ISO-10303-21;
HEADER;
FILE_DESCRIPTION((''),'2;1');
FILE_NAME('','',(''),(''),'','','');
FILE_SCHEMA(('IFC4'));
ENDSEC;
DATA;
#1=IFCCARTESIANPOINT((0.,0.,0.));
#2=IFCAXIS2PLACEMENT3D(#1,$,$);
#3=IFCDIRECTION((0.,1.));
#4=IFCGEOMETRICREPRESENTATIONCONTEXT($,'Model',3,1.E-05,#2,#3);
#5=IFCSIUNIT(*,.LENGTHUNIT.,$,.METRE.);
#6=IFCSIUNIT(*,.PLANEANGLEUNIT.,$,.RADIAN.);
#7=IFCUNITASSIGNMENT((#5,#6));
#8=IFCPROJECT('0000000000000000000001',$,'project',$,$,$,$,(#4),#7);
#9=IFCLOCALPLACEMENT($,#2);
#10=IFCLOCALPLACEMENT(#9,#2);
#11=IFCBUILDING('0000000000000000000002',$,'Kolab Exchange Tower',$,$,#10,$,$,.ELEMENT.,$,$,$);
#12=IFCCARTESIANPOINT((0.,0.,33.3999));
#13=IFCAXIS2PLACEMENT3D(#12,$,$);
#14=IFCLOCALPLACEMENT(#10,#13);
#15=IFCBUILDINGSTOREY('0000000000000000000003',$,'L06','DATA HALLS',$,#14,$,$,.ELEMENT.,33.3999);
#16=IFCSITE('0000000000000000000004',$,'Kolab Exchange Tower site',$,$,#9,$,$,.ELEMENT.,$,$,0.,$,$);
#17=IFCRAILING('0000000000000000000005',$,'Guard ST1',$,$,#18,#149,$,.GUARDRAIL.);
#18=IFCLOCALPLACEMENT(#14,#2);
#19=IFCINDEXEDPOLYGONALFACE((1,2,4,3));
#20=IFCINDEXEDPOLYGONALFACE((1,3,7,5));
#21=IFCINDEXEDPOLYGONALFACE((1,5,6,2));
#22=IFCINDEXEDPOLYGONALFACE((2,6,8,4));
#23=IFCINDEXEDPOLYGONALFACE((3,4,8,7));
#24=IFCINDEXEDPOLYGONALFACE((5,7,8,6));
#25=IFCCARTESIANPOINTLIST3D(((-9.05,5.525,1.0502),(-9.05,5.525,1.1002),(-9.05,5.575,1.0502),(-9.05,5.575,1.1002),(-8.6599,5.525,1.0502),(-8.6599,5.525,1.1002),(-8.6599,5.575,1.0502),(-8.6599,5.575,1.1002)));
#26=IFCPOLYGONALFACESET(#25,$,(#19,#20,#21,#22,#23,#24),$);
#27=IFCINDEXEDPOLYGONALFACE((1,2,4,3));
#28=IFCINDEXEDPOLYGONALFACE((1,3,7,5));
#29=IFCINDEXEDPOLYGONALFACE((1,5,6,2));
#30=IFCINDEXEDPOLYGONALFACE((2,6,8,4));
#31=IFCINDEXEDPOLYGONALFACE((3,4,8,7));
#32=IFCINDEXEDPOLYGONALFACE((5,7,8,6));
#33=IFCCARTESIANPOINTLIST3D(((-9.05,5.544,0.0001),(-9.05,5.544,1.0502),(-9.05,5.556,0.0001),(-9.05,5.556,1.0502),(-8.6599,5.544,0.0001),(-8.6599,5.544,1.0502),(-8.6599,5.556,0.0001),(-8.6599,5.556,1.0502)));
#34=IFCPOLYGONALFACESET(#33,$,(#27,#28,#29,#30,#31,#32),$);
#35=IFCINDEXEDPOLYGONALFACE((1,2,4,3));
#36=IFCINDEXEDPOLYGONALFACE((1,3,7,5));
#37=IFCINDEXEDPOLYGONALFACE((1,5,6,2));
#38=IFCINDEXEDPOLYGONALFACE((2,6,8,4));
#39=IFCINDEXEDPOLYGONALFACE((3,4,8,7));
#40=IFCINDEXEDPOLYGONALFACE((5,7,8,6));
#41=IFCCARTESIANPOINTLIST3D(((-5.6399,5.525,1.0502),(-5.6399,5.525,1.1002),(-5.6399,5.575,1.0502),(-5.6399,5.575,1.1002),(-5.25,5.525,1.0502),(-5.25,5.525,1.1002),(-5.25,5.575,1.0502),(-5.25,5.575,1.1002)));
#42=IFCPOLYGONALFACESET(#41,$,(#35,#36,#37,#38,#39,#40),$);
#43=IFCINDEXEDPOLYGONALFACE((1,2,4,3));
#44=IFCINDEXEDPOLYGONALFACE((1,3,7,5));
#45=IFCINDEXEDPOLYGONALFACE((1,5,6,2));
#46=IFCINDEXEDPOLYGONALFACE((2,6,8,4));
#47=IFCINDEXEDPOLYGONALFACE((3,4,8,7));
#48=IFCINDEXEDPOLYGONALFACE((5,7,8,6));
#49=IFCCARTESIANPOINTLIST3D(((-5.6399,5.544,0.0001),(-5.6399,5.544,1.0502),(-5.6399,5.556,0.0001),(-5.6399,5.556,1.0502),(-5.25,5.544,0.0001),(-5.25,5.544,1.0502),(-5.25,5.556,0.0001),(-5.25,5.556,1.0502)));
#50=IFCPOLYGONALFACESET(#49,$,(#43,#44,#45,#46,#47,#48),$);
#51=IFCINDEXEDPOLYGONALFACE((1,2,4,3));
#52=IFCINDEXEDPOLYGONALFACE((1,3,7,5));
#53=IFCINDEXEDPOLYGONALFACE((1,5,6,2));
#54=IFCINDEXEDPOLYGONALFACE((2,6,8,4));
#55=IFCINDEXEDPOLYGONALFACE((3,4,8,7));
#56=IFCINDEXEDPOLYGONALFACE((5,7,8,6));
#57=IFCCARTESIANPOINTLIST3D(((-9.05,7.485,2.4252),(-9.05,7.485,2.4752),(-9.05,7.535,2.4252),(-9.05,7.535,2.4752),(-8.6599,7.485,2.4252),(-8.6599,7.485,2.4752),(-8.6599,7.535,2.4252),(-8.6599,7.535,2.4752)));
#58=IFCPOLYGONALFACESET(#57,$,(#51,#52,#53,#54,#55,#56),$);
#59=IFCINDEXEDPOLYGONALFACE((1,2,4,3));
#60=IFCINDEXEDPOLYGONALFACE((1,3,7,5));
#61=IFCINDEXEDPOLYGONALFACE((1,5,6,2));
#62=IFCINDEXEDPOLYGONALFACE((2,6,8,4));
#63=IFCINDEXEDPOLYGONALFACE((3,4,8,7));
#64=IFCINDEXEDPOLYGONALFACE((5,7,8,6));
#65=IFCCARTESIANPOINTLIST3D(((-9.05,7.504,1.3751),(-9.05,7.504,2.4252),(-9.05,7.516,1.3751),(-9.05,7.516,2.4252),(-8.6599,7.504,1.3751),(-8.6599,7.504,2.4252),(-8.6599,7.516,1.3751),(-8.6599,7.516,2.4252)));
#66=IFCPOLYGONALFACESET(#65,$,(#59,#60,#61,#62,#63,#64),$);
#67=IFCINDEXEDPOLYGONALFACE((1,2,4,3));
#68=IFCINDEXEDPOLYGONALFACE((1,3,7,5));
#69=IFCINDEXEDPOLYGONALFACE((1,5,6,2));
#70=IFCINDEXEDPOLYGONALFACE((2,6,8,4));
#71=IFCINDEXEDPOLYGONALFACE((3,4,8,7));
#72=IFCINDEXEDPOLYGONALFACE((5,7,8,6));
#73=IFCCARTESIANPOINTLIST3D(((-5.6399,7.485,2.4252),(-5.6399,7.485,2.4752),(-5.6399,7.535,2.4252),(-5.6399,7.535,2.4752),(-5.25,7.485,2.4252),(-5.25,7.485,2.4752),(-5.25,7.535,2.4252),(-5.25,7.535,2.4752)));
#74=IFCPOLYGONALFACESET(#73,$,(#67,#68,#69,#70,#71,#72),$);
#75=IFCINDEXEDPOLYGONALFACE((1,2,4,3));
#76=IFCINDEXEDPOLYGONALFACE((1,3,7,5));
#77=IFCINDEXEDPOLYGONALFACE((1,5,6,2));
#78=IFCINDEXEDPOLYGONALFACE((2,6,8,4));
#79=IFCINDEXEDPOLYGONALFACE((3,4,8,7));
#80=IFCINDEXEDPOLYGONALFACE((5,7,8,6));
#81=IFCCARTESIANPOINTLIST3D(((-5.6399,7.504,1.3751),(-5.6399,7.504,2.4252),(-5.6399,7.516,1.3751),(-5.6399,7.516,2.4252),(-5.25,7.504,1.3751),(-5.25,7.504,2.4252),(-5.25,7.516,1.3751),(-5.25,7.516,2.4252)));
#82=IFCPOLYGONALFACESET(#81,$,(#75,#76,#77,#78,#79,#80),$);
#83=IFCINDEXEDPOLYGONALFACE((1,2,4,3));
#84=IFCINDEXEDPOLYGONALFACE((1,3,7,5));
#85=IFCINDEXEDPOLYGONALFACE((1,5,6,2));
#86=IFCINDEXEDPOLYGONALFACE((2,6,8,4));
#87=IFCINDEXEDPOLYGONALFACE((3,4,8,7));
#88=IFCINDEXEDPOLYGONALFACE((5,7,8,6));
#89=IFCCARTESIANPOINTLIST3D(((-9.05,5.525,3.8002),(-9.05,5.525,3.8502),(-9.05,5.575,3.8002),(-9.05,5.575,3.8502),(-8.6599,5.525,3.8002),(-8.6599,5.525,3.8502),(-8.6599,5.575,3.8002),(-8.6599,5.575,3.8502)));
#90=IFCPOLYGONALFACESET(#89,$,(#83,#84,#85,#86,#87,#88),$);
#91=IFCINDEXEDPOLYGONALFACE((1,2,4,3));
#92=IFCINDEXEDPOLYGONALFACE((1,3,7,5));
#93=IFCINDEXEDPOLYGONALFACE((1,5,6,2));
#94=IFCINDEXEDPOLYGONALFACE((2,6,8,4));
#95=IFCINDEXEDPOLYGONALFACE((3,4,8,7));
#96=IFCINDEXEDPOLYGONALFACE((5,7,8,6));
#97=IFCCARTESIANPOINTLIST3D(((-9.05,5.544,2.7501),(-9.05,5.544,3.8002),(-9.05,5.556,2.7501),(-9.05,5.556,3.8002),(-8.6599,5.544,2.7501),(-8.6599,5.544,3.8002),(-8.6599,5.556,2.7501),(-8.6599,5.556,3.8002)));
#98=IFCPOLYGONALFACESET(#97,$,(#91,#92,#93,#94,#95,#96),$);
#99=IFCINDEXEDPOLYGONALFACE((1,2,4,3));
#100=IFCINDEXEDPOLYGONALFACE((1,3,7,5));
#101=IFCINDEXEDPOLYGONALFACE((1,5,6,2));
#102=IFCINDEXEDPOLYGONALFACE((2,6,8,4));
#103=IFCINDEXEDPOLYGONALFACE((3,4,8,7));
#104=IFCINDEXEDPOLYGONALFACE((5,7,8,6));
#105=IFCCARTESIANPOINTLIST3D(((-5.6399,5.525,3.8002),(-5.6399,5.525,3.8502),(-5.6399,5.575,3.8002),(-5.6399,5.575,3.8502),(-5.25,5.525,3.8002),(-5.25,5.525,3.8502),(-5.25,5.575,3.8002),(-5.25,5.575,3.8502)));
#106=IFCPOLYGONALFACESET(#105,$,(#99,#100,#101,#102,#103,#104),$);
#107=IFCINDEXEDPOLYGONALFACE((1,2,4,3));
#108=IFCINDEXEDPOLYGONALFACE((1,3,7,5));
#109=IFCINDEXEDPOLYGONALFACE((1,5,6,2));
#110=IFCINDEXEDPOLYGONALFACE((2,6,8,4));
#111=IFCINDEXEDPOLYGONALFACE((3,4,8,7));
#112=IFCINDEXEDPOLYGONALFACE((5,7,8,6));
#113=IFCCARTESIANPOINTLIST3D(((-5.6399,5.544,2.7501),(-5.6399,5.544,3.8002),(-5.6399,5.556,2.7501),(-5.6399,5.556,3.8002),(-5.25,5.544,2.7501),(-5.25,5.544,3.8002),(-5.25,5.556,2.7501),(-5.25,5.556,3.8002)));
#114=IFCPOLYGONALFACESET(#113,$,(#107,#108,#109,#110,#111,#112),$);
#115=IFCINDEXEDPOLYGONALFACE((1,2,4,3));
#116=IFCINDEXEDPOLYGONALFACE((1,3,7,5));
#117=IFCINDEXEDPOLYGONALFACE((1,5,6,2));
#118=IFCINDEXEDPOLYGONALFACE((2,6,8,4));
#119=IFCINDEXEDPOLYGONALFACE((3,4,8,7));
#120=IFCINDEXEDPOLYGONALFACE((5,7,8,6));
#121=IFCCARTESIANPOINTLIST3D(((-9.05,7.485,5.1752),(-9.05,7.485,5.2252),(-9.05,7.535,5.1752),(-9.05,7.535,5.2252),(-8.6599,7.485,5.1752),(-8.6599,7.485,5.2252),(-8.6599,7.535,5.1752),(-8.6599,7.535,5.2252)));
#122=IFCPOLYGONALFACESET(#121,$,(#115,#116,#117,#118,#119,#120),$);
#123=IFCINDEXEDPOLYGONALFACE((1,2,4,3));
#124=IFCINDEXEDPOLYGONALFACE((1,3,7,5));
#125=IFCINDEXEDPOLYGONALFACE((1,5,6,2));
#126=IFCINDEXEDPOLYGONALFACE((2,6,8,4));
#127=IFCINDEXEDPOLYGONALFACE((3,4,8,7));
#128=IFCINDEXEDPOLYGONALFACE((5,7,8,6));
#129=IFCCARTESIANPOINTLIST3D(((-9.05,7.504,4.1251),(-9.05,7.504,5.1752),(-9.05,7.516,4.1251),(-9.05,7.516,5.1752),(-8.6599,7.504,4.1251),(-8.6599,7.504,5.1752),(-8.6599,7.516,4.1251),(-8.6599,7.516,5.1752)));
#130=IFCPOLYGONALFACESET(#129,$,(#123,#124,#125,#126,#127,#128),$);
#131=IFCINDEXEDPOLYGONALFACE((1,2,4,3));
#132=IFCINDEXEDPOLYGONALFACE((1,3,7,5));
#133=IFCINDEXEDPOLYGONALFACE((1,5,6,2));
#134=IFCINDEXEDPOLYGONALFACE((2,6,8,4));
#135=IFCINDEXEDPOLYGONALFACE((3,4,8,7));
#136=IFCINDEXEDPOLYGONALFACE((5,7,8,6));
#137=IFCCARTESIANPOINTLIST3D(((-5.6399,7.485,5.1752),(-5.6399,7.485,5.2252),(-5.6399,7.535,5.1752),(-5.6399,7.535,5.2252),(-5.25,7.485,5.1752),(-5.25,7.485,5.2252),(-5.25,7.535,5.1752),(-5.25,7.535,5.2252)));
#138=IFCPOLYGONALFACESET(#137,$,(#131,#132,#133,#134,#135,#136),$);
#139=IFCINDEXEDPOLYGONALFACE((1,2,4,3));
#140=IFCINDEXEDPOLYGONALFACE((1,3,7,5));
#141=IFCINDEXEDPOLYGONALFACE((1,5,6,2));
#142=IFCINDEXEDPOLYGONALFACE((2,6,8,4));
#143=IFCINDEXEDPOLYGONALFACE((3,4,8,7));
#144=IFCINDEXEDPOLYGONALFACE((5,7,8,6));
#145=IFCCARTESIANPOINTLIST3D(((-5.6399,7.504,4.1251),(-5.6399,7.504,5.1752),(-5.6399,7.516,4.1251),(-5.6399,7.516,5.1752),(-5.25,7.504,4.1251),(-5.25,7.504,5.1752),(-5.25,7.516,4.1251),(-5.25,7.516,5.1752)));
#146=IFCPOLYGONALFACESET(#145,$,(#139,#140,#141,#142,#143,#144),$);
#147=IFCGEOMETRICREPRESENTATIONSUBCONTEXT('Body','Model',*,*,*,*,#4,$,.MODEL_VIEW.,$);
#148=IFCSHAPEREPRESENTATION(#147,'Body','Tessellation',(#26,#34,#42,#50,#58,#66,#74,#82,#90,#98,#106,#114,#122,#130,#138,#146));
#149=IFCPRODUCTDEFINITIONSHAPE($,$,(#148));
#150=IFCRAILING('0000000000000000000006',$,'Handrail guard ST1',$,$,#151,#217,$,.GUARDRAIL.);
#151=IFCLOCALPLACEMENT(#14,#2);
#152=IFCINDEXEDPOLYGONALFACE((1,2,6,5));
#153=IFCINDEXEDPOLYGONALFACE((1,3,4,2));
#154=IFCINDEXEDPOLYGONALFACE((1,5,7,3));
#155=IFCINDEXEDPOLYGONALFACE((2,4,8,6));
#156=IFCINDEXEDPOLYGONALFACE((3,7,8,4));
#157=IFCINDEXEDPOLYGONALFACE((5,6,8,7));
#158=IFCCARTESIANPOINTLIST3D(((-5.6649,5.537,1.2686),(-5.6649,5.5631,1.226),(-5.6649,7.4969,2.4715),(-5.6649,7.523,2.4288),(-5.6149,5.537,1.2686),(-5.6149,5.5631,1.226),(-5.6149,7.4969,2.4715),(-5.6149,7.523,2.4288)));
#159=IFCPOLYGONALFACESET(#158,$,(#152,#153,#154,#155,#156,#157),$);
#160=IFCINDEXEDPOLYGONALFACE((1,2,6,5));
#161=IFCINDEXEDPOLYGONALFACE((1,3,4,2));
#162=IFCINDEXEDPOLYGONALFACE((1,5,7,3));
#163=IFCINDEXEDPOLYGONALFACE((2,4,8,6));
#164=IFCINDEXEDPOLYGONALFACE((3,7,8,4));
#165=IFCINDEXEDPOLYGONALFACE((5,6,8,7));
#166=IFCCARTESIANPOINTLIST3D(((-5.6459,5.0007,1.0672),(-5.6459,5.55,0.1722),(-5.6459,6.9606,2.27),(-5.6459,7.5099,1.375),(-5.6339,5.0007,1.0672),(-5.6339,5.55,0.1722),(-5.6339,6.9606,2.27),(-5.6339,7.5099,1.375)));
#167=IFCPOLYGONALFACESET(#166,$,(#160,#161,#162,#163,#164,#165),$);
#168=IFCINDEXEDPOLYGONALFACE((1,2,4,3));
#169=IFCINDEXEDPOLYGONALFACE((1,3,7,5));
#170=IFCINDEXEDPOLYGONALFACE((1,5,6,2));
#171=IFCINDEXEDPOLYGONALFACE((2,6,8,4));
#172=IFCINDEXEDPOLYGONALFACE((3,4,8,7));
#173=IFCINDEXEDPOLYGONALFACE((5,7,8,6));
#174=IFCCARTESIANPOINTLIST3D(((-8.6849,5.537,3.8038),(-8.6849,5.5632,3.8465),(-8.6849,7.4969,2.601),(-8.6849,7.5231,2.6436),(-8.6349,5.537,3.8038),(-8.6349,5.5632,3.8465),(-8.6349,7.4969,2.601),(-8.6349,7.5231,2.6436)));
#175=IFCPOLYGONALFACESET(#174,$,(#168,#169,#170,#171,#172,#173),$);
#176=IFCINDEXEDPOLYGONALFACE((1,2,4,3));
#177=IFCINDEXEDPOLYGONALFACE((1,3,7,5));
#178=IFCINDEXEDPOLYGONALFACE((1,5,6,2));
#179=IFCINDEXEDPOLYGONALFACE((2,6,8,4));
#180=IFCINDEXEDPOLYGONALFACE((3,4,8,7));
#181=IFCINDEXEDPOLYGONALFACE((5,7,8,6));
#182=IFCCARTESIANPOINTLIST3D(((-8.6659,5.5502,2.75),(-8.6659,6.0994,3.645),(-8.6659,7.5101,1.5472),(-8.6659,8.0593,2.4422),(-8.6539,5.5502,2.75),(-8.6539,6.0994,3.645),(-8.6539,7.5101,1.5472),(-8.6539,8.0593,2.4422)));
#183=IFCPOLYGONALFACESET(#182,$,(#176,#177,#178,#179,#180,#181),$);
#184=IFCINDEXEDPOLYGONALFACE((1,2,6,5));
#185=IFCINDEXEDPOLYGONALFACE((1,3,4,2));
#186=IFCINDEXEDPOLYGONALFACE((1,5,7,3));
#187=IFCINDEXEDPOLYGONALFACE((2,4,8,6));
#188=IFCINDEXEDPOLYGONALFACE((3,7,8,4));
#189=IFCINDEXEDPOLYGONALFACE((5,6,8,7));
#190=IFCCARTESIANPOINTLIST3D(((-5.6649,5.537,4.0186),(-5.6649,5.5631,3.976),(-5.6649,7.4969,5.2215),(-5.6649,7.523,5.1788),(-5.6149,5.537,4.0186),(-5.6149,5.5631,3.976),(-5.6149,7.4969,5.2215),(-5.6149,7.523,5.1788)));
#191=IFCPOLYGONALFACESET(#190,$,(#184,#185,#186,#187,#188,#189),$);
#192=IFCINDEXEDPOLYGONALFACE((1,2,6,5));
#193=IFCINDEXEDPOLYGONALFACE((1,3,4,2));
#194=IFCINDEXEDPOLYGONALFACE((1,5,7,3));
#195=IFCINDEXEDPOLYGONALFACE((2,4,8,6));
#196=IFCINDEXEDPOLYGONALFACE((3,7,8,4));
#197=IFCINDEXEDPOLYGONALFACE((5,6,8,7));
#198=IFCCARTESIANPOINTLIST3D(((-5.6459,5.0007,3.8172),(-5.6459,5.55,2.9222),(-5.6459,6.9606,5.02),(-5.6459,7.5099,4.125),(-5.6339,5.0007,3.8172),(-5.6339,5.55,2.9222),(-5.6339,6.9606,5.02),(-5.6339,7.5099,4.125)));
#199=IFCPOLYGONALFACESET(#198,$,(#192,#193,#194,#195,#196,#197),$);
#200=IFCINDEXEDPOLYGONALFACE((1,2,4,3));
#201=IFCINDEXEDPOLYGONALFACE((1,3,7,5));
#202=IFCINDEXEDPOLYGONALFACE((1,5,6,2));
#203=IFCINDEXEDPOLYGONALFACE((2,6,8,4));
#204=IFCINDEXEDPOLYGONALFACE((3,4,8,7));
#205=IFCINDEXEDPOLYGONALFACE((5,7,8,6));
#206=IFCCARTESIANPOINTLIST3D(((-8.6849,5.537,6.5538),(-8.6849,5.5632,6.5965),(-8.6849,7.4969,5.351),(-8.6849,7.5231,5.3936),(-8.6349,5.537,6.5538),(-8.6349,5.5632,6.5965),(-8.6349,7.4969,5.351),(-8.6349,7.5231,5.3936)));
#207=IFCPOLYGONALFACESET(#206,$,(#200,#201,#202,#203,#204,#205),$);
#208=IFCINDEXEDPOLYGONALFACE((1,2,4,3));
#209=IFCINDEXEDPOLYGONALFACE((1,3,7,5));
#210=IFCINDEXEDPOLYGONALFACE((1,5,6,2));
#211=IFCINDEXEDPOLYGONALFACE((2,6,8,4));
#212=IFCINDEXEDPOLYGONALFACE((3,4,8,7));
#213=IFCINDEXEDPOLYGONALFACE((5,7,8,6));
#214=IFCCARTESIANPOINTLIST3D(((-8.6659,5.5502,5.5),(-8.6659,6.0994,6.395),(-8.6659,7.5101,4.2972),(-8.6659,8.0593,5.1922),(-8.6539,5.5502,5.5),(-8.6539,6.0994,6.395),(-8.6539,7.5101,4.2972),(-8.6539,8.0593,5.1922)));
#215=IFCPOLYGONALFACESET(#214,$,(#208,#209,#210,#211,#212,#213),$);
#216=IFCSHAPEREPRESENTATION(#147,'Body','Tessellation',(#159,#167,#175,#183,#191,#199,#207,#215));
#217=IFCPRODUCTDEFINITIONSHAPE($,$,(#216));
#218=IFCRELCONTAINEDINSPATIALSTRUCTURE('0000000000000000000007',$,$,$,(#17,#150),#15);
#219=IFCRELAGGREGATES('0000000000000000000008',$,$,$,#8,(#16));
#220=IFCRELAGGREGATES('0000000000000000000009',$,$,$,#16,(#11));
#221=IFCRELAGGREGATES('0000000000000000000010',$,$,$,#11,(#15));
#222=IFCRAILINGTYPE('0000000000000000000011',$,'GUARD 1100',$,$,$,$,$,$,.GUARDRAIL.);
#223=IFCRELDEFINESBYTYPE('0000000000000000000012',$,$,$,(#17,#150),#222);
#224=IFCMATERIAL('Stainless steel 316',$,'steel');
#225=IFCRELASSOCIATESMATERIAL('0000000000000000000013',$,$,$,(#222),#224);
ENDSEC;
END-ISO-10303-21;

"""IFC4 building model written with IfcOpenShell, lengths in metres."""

from ifc_helpers import new_model, si_unit, direction, frame, frame_2d, origin, origin_2d, place, context, subcontext, project, spatial, rectangle, extrude, material, type_object, element, save


model = new_model("IFC4")

# Units and contexts
model_context = context("Model", 3, precision=1e-05, world=origin(), true_north=direction((0.0, 1.0)))
body_context = subcontext(model_context, "Body", "Model", "MODEL_VIEW")
ifc_project = project(units=[si_unit("LENGTHUNIT", "METRE"), si_unit("PLANEANGLEUNIT", "RADIAN")], contexts=[model_context])

# Site, building, storey
site_placement = place(None, origin())
site = spatial("IfcSite", under=ifc_project, at=site_placement, Name="Kolab Exchange Tower site", CompositionType="ELEMENT", RefElevation=0.0)
building_placement = place(site_placement, origin())
building = spatial("IfcBuilding", under=site, at=building_placement, Name="Kolab Exchange Tower", CompositionType="ELEMENT")
storey_placement = place(building_placement, frame((0.0, 0.0, 33.3999)))
storey = spatial("IfcBuildingStorey", under=building, at=storey_placement, Name="L06", Description="DATA HALLS", CompositionType="ELEMENT", Elevation=33.3999)

# Railings
ifc_material_1 = material(Name="Stainless steel 316", Category="steel")
railing_type = type_object("IfcRailingType", Name="GUARD 1100", PredefinedType="GUARDRAIL", material=ifc_material_1)
railing_1_placement = place(storey_placement, frame((-9.05, 5.55, 0.0)))
element("IfcRailing", 1, at=railing_1_placement, inside=storey, type_object=railing_type, Name="Guard ST1", PredefinedType="GUARDRAIL", context=body_context, shape_type="SweptSolid", body=[
    extrude(rectangle(XDim=0.05, YDim=0.05, at=origin_2d()), frame((0.0, 0.0, 1.0752), z_axis=(1.0, 0.0, 0.0), x_axis=(0.0, 1.0, 0.0)), (0.0, 0.0, 1.0), 0.3901),
    extrude(rectangle(XDim=0.012, YDim=1.0501, at=frame_2d((0.0, 0.5251))), frame((0.0, 0.0, 0.0), z_axis=(1.0, 0.0, 0.0), x_axis=(0.0, 1.0, 0.0)), (0.0, 0.0, 1.0), 0.3901),
    extrude(rectangle(XDim=0.05, YDim=0.05, at=origin_2d()), frame((3.4102, 0.0, 1.0752), z_axis=(1.0, 0.0, 0.0), x_axis=(0.0, 1.0, 0.0)), (0.0, 0.0, 1.0), 0.3899),
    extrude(rectangle(XDim=0.012, YDim=1.0501, at=frame_2d((0.0, 0.5251))), frame((3.4102, 0.0, 0.0), z_axis=(1.0, 0.0, 0.0), x_axis=(0.0, 1.0, 0.0)), (0.0, 0.0, 1.0), 0.3899),
    extrude(rectangle(XDim=0.05, YDim=0.05, at=origin_2d()), frame((0.0, 1.96, 2.4502), z_axis=(1.0, 0.0, 0.0), x_axis=(0.0, 1.0, 0.0)), (0.0, 0.0, 1.0), 0.3901),
    extrude(rectangle(XDim=0.012, YDim=1.0501, at=frame_2d((0.0, 0.5251))), frame((0.0, 1.96, 1.375), z_axis=(1.0, 0.0, 0.0), x_axis=(0.0, 1.0, 0.0)), (0.0, 0.0, 1.0), 0.3901),
    extrude(rectangle(XDim=0.05, YDim=0.05, at=origin_2d()), frame((3.4102, 1.96, 2.4502), z_axis=(1.0, 0.0, 0.0), x_axis=(0.0, 1.0, 0.0)), (0.0, 0.0, 1.0), 0.3899),
    extrude(rectangle(XDim=0.012, YDim=1.0501, at=frame_2d((0.0, 0.5251))), frame((3.4102, 1.96, 1.375), z_axis=(1.0, 0.0, 0.0), x_axis=(0.0, 1.0, 0.0)), (0.0, 0.0, 1.0), 0.3899),
    extrude(rectangle(XDim=0.05, YDim=0.05, at=origin_2d()), frame((0.0, 0.0, 3.8252), z_axis=(1.0, 0.0, 0.0), x_axis=(0.0, 1.0, 0.0)), (0.0, 0.0, 1.0), 0.3901),
    extrude(rectangle(XDim=0.012, YDim=1.0501, at=frame_2d((0.0, 0.5251))), frame((0.0, 0.0, 2.75), z_axis=(1.0, 0.0, 0.0), x_axis=(0.0, 1.0, 0.0)), (0.0, 0.0, 1.0), 0.3901),
    extrude(rectangle(XDim=0.05, YDim=0.05, at=origin_2d()), frame((3.4102, 0.0, 3.8252), z_axis=(1.0, 0.0, 0.0), x_axis=(0.0, 1.0, 0.0)), (0.0, 0.0, 1.0), 0.3899),
    extrude(rectangle(XDim=0.012, YDim=1.0501, at=frame_2d((0.0, 0.5251))), frame((3.4102, 0.0, 2.75), z_axis=(1.0, 0.0, 0.0), x_axis=(0.0, 1.0, 0.0)), (0.0, 0.0, 1.0), 0.3899),
    extrude(rectangle(XDim=0.05, YDim=0.05, at=origin_2d()), frame((0.0, 1.96, 5.2002), z_axis=(1.0, 0.0, 0.0), x_axis=(0.0, 1.0, 0.0)), (0.0, 0.0, 1.0), 0.3901),
    extrude(rectangle(XDim=0.012, YDim=1.0501, at=frame_2d((0.0, 0.5251))), frame((0.0, 1.96, 4.125), z_axis=(1.0, 0.0, 0.0), x_axis=(0.0, 1.0, 0.0)), (0.0, 0.0, 1.0), 0.3901),
    extrude(rectangle(XDim=0.05, YDim=0.05, at=origin_2d()), frame((3.4102, 1.96, 5.2002), z_axis=(1.0, 0.0, 0.0), x_axis=(0.0, 1.0, 0.0)), (0.0, 0.0, 1.0), 0.3899),
    extrude(rectangle(XDim=0.012, YDim=1.0501, at=frame_2d((0.0, 0.5251))), frame((3.4102, 1.96, 4.125), z_axis=(1.0, 0.0, 0.0), x_axis=(0.0, 1.0, 0.0)), (0.0, 0.0, 1.0), 0.3899),
])
railing_2_placement = place(storey_placement, frame((-5.6399, 5.55, 0.1721)))
element("IfcRailing", 2, at=railing_2_placement, inside=storey, type_object=railing_type, Name="Handrail guard ST1", PredefinedType="GUARDRAIL", context=body_context, shape_type="SweptSolid", body=[
    extrude(rectangle(XDim=0.05, YDim=0.05, at=origin_2d()), frame((0.0, 0.0, 1.0752), z_axis=(0.0, 0.852288, 0.523072), x_axis=(-1.0, 0.0, 0.0)), (0.0, 0.0, 1.0), 2.2996),
    extrude(rectangle(XDim=0.012, YDim=1.0501, at=frame_2d((0.0, 0.5251))), frame((0.0, 0.0, 0.0), z_axis=(0.0, 0.852288, 0.523072), x_axis=(-1.0, 0.0, 0.0)), (0.0, 0.0, 1.0), 2.2996),
    extrude(rectangle(XDim=0.05, YDim=0.05, at=origin_2d()), frame((-3.02, 1.96, 2.4502), z_axis=(0.0, -0.852288, 0.523072), x_axis=(1.0, 0.0, 0.0)), (0.0, 0.0, 1.0), 2.2996),
    extrude(rectangle(XDim=0.012, YDim=1.0501, at=frame_2d((0.0, 0.5251))), frame((-3.02, 1.96, 1.375), z_axis=(0.0, -0.852288, 0.523072), x_axis=(1.0, 0.0, 0.0)), (0.0, 0.0, 1.0), 2.2996),
    extrude(rectangle(XDim=0.05, YDim=0.05, at=origin_2d()), frame((0.0, 0.0, 3.8252), z_axis=(0.0, 0.852288, 0.523072), x_axis=(-1.0, 0.0, 0.0)), (0.0, 0.0, 1.0), 2.2996),
    extrude(rectangle(XDim=0.012, YDim=1.0501, at=frame_2d((0.0, 0.5251))), frame((0.0, 0.0, 2.75), z_axis=(0.0, 0.852288, 0.523072), x_axis=(-1.0, 0.0, 0.0)), (0.0, 0.0, 1.0), 2.2996),
    extrude(rectangle(XDim=0.05, YDim=0.05, at=origin_2d()), frame((-3.02, 1.96, 5.2002), z_axis=(0.0, -0.852288, 0.523072), x_axis=(1.0, 0.0, 0.0)), (0.0, 0.0, 1.0), 2.2996),
    extrude(rectangle(XDim=0.012, YDim=1.0501, at=frame_2d((0.0, 0.5251))), frame((-3.02, 1.96, 4.125), z_axis=(0.0, -0.852288, 0.523072), x_axis=(1.0, 0.0, 0.0)), (0.0, 0.0, 1.0), 2.2996),
])

save(model, "model.ifc")
